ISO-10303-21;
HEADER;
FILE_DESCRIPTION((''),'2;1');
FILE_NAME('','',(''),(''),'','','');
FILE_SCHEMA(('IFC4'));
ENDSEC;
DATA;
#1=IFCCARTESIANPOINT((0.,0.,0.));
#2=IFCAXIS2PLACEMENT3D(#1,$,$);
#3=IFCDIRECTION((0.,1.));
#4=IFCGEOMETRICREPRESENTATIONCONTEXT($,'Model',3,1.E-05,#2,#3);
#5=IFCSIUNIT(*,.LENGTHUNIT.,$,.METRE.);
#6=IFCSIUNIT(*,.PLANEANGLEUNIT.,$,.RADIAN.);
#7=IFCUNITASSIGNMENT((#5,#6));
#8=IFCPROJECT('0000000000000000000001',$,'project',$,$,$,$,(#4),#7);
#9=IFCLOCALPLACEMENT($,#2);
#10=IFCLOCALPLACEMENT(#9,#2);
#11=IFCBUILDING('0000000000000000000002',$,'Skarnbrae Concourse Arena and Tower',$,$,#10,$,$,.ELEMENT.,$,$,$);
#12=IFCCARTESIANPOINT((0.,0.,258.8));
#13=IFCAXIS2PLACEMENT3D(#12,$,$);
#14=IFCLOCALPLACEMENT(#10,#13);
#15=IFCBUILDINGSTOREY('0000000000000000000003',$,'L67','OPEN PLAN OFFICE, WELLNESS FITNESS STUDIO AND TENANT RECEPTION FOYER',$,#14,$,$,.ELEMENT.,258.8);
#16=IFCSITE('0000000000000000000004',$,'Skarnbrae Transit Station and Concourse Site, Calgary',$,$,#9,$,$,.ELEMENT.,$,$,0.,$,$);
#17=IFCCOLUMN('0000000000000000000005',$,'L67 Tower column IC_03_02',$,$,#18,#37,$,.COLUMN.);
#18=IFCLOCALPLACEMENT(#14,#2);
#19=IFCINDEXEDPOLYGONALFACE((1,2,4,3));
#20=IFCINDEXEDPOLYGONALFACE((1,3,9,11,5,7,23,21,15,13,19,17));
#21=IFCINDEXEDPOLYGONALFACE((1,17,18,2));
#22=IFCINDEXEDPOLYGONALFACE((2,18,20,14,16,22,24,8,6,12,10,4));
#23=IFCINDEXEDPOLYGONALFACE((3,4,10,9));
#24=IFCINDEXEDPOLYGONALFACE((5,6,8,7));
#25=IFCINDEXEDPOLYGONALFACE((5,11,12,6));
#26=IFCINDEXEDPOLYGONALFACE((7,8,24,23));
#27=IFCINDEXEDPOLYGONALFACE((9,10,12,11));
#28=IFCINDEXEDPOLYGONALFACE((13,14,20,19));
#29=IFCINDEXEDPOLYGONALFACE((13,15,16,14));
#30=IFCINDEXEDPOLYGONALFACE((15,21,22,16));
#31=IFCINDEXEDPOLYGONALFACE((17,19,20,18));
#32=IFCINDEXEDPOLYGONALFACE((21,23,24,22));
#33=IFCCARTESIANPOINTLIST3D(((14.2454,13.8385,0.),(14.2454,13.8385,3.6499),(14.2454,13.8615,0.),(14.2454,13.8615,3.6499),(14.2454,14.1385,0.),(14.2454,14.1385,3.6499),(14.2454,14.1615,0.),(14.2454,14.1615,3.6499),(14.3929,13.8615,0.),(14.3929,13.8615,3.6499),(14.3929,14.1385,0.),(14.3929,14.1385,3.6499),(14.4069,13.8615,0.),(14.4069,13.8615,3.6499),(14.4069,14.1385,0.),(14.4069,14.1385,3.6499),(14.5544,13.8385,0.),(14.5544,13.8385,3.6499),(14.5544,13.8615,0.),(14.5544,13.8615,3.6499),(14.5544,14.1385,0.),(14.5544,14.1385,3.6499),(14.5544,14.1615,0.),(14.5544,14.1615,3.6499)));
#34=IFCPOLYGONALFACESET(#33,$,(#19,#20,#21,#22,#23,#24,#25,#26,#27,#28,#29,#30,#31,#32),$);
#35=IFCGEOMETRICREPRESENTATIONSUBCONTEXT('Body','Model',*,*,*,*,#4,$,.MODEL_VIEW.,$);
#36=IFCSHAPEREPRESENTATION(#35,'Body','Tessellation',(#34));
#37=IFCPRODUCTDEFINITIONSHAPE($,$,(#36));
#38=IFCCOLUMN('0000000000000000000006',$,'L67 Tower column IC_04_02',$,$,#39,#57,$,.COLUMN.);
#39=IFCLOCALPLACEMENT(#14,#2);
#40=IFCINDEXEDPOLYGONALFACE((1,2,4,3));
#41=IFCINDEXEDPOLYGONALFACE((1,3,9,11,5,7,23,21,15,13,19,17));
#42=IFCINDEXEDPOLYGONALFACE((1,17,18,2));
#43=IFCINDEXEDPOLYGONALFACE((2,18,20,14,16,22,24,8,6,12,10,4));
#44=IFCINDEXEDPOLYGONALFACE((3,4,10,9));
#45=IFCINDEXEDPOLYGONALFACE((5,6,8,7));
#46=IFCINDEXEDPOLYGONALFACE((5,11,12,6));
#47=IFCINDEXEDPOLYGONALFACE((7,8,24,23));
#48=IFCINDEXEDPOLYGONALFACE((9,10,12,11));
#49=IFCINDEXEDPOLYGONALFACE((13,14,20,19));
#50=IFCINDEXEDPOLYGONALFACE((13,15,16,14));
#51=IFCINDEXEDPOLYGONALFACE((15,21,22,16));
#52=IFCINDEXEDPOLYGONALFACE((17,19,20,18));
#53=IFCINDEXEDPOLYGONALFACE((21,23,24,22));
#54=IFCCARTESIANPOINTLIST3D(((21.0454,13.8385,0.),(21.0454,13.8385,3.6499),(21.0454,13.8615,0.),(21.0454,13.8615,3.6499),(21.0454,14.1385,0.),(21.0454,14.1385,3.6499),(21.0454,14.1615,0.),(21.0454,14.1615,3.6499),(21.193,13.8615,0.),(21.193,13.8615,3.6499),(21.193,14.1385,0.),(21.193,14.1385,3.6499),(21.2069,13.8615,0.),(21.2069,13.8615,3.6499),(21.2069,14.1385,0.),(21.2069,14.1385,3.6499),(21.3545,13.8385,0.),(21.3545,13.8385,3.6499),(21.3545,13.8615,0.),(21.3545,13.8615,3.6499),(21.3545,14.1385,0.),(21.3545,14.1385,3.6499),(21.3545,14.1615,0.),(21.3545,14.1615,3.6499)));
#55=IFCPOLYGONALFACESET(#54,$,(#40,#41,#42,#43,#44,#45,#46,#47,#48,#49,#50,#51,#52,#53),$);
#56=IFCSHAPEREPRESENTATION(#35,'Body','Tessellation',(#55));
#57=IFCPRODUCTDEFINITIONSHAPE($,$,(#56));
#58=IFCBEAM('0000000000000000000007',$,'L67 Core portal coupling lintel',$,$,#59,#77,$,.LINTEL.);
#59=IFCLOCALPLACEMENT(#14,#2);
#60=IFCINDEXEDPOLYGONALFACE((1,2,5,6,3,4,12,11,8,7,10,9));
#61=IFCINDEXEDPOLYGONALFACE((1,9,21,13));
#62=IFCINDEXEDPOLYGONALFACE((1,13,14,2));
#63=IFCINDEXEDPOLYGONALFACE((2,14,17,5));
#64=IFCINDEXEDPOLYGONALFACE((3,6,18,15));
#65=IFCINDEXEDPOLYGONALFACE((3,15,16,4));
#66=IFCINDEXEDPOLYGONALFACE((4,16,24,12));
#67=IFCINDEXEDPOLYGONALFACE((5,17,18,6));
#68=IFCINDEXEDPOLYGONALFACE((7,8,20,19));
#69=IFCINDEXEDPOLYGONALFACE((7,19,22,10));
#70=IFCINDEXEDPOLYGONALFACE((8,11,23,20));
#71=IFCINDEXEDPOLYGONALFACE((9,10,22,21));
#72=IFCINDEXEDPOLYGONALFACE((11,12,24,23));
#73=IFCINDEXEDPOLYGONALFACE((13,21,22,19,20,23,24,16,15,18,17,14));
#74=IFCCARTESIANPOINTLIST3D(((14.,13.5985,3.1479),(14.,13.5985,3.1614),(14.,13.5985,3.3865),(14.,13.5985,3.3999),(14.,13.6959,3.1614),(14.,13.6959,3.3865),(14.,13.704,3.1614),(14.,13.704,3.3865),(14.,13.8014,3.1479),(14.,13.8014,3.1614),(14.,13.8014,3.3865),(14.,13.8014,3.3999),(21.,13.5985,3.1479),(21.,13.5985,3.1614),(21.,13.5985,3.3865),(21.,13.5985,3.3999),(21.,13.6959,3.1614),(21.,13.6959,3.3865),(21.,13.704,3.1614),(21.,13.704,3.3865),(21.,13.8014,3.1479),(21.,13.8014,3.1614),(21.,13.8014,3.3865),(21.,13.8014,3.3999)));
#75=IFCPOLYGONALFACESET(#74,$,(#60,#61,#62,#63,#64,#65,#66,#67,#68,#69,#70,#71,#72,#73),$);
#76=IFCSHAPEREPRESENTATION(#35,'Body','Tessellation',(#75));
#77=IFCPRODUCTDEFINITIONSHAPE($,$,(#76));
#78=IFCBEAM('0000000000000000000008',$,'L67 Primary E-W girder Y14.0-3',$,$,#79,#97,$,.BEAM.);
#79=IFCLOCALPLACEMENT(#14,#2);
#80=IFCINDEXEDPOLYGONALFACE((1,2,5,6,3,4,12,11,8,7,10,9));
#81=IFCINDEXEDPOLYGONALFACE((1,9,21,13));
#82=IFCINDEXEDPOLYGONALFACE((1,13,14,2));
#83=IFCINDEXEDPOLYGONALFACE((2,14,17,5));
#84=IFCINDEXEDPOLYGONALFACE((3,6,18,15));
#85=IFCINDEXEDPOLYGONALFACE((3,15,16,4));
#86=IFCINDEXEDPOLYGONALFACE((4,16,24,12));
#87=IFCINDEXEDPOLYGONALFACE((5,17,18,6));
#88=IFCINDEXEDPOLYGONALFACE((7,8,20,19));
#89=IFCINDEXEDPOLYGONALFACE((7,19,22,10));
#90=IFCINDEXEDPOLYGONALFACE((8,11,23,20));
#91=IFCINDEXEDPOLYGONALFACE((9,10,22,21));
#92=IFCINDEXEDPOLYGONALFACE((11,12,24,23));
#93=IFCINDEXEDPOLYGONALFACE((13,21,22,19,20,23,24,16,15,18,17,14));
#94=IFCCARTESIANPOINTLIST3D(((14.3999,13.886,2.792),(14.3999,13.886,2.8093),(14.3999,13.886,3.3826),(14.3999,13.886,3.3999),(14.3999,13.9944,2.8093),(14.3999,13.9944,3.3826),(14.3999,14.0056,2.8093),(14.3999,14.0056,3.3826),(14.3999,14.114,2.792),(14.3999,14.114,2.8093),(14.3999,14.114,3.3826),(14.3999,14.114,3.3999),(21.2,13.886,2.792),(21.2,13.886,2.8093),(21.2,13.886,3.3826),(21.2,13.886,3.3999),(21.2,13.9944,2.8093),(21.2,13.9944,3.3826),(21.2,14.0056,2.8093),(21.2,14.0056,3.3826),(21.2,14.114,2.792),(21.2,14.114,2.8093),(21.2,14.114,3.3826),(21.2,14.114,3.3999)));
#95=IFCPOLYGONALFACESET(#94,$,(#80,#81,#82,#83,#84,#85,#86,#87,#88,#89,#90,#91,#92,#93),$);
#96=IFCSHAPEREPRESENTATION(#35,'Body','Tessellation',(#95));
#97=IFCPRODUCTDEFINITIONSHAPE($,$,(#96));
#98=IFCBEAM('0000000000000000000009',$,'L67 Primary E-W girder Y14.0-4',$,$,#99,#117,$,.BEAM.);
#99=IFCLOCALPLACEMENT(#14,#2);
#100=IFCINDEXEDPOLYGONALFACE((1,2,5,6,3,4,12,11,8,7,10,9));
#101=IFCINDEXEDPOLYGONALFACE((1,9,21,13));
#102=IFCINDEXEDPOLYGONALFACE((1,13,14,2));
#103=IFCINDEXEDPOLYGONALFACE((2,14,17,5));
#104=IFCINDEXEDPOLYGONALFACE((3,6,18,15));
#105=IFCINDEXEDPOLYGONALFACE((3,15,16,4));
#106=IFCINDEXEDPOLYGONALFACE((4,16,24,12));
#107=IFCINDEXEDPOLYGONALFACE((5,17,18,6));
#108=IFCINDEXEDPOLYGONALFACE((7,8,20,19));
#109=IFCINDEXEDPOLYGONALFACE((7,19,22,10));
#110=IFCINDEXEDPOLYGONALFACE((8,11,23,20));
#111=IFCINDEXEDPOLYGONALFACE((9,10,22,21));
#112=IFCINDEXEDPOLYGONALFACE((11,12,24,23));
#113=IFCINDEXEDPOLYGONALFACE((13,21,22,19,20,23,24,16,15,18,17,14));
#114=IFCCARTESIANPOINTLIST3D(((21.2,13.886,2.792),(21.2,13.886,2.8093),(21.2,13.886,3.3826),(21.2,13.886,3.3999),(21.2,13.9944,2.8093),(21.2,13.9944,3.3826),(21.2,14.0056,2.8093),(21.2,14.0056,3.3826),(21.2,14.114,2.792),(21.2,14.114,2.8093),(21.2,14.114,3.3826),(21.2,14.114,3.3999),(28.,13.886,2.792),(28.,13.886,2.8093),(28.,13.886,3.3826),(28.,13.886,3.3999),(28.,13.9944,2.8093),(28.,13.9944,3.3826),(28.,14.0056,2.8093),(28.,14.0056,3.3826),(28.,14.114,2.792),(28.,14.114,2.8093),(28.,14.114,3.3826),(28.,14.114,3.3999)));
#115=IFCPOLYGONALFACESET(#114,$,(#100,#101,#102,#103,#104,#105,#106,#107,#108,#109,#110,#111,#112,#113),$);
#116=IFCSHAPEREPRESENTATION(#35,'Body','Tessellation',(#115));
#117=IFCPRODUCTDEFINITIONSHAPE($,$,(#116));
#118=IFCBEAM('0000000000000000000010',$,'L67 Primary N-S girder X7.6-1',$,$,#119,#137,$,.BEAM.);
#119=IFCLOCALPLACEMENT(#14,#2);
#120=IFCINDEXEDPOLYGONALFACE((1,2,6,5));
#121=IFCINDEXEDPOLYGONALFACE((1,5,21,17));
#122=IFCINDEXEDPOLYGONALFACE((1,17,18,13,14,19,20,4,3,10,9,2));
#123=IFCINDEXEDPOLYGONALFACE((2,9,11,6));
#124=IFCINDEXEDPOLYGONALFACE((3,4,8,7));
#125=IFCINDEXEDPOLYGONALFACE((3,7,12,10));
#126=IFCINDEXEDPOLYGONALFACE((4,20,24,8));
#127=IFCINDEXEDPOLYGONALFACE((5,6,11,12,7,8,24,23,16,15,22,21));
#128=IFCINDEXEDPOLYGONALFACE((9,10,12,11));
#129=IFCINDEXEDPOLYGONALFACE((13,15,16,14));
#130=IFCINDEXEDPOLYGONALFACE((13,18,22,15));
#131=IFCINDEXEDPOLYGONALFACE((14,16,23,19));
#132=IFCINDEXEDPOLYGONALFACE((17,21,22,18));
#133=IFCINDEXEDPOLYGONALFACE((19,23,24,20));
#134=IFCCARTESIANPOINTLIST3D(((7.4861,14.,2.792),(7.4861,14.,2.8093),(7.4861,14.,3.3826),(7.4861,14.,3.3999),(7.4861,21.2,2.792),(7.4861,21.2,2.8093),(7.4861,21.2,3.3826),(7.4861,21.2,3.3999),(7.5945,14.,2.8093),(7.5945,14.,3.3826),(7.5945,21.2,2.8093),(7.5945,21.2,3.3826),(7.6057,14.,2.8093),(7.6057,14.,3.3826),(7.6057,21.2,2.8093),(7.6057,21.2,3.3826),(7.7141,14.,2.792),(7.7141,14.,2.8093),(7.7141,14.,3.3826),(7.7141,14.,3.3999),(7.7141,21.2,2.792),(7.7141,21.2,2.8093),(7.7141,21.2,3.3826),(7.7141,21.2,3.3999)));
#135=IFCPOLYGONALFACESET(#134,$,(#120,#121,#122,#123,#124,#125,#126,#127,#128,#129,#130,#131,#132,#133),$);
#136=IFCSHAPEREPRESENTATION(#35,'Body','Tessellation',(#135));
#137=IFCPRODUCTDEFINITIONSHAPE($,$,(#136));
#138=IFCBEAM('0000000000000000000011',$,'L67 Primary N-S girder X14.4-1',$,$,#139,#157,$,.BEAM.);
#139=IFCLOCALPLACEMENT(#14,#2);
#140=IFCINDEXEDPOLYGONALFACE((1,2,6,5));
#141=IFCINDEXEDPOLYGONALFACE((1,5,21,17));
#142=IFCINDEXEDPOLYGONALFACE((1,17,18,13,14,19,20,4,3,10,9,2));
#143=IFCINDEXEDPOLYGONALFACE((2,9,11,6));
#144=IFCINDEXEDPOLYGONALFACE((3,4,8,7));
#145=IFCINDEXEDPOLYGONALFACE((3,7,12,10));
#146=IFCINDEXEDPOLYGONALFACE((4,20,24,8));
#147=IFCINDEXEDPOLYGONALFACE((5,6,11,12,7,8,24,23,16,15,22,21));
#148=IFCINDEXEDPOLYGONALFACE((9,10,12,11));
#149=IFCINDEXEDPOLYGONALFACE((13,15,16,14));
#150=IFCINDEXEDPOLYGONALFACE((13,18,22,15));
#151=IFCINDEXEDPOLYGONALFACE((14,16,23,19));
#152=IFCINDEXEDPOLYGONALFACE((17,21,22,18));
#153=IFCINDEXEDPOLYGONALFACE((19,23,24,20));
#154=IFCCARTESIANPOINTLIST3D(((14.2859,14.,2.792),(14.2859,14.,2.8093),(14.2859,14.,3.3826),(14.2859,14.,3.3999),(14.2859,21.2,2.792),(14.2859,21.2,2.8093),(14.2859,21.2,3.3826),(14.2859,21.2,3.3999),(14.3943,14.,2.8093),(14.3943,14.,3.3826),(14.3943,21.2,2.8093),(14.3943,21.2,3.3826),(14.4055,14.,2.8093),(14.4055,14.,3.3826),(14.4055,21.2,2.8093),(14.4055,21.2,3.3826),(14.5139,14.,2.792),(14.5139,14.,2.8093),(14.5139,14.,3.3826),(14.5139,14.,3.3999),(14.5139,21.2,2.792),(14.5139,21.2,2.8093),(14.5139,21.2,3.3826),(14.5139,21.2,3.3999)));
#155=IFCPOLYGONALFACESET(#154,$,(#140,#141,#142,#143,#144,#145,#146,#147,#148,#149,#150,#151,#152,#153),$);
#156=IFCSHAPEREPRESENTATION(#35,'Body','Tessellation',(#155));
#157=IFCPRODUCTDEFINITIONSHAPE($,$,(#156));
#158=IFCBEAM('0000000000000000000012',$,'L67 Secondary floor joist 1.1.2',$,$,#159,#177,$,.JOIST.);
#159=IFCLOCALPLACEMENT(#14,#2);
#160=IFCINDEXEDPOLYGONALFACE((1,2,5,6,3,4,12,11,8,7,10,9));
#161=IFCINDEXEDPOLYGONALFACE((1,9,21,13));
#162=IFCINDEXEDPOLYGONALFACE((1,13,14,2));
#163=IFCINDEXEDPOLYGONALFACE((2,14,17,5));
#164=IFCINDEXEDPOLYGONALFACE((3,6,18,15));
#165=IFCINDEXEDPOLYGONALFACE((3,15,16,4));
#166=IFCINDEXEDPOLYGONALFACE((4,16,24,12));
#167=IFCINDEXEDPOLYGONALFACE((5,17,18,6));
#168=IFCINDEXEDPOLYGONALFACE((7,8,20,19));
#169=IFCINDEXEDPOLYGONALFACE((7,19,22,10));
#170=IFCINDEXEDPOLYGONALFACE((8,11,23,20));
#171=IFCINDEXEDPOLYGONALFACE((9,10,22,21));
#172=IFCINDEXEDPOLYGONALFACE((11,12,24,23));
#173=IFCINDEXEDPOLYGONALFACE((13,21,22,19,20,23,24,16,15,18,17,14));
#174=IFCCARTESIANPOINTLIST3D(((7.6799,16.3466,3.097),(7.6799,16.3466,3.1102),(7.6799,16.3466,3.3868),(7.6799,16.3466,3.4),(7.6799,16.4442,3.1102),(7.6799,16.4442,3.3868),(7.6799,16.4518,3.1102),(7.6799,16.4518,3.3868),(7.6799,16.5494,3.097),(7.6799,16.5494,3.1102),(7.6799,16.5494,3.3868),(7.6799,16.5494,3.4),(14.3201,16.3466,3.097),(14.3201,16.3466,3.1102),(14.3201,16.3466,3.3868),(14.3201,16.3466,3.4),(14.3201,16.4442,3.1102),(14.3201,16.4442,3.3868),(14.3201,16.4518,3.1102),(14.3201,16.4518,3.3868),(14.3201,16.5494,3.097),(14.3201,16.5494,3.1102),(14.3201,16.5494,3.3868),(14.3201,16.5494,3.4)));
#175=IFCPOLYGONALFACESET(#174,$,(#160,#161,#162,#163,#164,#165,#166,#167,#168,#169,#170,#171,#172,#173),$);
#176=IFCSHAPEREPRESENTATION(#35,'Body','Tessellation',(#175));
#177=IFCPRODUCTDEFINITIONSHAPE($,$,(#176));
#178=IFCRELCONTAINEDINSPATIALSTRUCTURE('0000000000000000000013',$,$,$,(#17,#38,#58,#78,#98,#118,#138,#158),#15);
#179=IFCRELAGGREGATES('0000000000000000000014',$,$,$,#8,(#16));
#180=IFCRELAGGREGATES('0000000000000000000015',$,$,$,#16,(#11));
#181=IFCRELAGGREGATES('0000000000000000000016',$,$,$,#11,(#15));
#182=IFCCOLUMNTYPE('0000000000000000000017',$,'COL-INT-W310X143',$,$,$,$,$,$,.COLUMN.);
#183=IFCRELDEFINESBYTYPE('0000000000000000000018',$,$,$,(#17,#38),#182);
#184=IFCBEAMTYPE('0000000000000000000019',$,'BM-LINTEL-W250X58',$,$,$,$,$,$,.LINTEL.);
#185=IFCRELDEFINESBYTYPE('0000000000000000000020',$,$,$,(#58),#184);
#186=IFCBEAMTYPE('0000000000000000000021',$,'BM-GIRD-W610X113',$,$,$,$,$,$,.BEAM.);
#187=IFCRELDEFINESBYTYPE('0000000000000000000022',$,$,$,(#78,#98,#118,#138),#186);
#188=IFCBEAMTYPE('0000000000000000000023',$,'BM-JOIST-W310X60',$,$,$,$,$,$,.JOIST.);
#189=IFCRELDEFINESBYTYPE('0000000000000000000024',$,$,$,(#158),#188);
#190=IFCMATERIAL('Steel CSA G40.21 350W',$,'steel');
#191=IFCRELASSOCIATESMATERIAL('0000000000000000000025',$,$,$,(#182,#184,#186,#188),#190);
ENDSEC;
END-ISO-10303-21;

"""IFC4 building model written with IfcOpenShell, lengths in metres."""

from ifc_helpers import new_model, si_unit, direction, frame, origin, origin_2d, place, context, subcontext, project, spatial, i_section, extrude, source, transform, mapped, material, material_profile, profile_set, type_object, element, save


model = new_model("IFC4")

# Units and contexts
model_context = context("Model", 3, precision=1e-05, world=origin(), true_north=direction((0.0, 1.0)))
body_context = subcontext(model_context, "Body", "Model", "MODEL_VIEW")
ifc_project = project(units=[si_unit("LENGTHUNIT", "METRE"), si_unit("PLANEANGLEUNIT", "RADIAN")], contexts=[model_context])

# Site, building, storey
site_placement = place(None, origin())
site = spatial("IfcSite", under=ifc_project, at=site_placement, Name="Skarnbrae Transit Station and Concourse Site, Calgary", CompositionType="ELEMENT", RefElevation=0.0)
building_placement = place(site_placement, origin())
building = spatial("IfcBuilding", under=site, at=building_placement, Name="Skarnbrae Concourse Arena and Tower", CompositionType="ELEMENT")
storey_placement = place(building_placement, frame((0.0, 0.0, 258.8)))
storey = spatial("IfcBuildingStorey", under=building, at=storey_placement, Name="L67", Description="OPEN PLAN OFFICE, WELLNESS FITNESS STUDIO AND TENANT RECEPTION FOYER", CompositionType="ELEMENT", Elevation=258.8)

# Columns
ifc_material_1 = material(Name="Steel CSA G40.21 350W", Category="steel")
ifc_material_profile_1 = material_profile(ifc_material_1, i_section(OverallWidth=0.3091, OverallDepth=0.323, WebThickness=0.0139, FlangeThickness=0.0229, at=origin_2d()), Name="W310X143")
ifc_profile_set_1 = profile_set([ifc_material_profile_1], Name="Steel CSA G40.21 350W")
column_type = type_object("IfcColumnType", Name="COL-INT-W310X143", PredefinedType="COLUMN", material=ifc_profile_set_1)
shared_shape_1 = source(origin(), body_context, "Body", "SweptSolid", [
    extrude(i_section(OverallWidth=0.3091, OverallDepth=0.323, WebThickness=0.0139, FlangeThickness=0.0229, at=origin_2d()), origin(), (0.0, 0.0, 1.0), 3.6499),
])
for number, where, z_axis, x_axis, name in (
    (1, (14.3999, 14.0, 0.0), (0.0, 0.0, 1.0), (1.0, 0.0, 0.0), "L67 Tower column IC_03_02"),
    (2, (21.2, 14.0, 0.0), (0.0, 0.0, 1.0), (1.0, 0.0, 0.0), "L67 Tower column IC_04_02"),
):
    element("IfcColumn", number, at=place(storey_placement, frame(where, z_axis=z_axis, x_axis=x_axis)), inside=storey, type_object=column_type, Name=name, PredefinedType="COLUMN", context=body_context, shape_type="MappedRepresentation", body=[
        mapped(shared_shape_1, transform((0.0, 0.0, 0.0))),
    ])

# Beams
ifc_material_profile_2 = material_profile(ifc_material_1, i_section(OverallWidth=0.2029, OverallDepth=0.252, WebThickness=0.0081, FlangeThickness=0.0134, at=origin_2d()), Name="W250X58")
ifc_profile_set_2 = profile_set([ifc_material_profile_2], Name="Steel CSA G40.21 350W")
beam_type_1 = type_object("IfcBeamType", Name="BM-LINTEL-W250X58", PredefinedType="LINTEL", material=ifc_profile_set_2)
shared_shape_2 = source(origin(), body_context, "Body", "SweptSolid", [
    extrude(i_section(OverallWidth=0.2029, OverallDepth=0.252, WebThickness=0.0081, FlangeThickness=0.0134, at=origin_2d()), origin(), (0.0, 0.0, 1.0), 7.0),
])
beam_placement = place(storey_placement, frame((14.0, 13.7, 3.2739), z_axis=(1.0, 0.0, 0.0), x_axis=(0.0, 1.0, 0.0)))
element("IfcBeam", 3, at=beam_placement, inside=storey, type_object=beam_type_1, Name="L67 Core portal coupling lintel", PredefinedType="LINTEL", context=body_context, shape_type="MappedRepresentation", body=[
    mapped(shared_shape_2, transform((0.0, 0.0, 0.0))),
])
ifc_material_profile_3 = material_profile(ifc_material_1, i_section(OverallWidth=0.228, OverallDepth=0.6079, WebThickness=0.0112, FlangeThickness=0.0173, at=origin_2d()), Name="W610X113")
ifc_profile_set_3 = profile_set([ifc_material_profile_3], Name="Steel CSA G40.21 350W")
beam_type_2 = type_object("IfcBeamType", Name="BM-GIRD-W610X113", PredefinedType="BEAM", material=ifc_profile_set_3)
shared_shape_3 = source(origin(), body_context, "Body", "SweptSolid", [
    extrude(i_section(OverallWidth=0.228, OverallDepth=0.6079, WebThickness=0.0112, FlangeThickness=0.0173, at=origin_2d()), origin(), (0.0, 0.0, 1.0), 6.8),
])
for number, where, z_axis, x_axis, name in (
    (4, (14.3999, 14.0, 3.0959), (1.0, 0.0, 0.0), (0.0, 1.0, 0.0), "L67 Primary E-W girder Y14.0-3"),
    (5, (21.2, 14.0, 3.0959), (1.0, 0.0, 0.0), (0.0, 1.0, 0.0), "L67 Primary E-W girder Y14.0-4"),
):
    element("IfcBeam", number, at=place(storey_placement, frame(where, z_axis=z_axis, x_axis=x_axis)), inside=storey, type_object=beam_type_2, Name=name, PredefinedType="BEAM", context=body_context, shape_type="MappedRepresentation", body=[
        mapped(shared_shape_3, transform((0.0, 0.0, 0.0))),
    ])
shared_shape_4 = source(origin(), body_context, "Body", "SweptSolid", [
    extrude(i_section(OverallWidth=0.228, OverallDepth=0.6079, WebThickness=0.0112, FlangeThickness=0.0173, at=origin_2d()), origin(), (0.0, 0.0, 1.0), 7.2),
])
for number, where, z_axis, x_axis, name in (
    (6, (7.6001, 14.0, 3.0959), (0.0, 1.0, 0.0), (-1.0, 0.0, 0.0), "L67 Primary N-S girder X7.6-1"),
    (7, (14.3999, 14.0, 3.0959), (0.0, 1.0, 0.0), (-1.0, 0.0, 0.0), "L67 Primary N-S girder X14.4-1"),
):
    element("IfcBeam", number, at=place(storey_placement, frame(where, z_axis=z_axis, x_axis=x_axis)), inside=storey, type_object=beam_type_2, Name=name, PredefinedType="BEAM", context=body_context, shape_type="MappedRepresentation", body=[
        mapped(shared_shape_4, transform((0.0, 0.0, 0.0))),
    ])
ifc_material_profile_4 = material_profile(ifc_material_1, i_section(OverallWidth=0.2029, OverallDepth=0.303, WebThickness=0.0076, FlangeThickness=0.0132, at=origin_2d()), Name="W310X60")
ifc_profile_set_4 = profile_set([ifc_material_profile_4], Name="Steel CSA G40.21 350W")
beam_type_3 = type_object("IfcBeamType", Name="BM-JOIST-W310X60", PredefinedType="JOIST", material=ifc_profile_set_4)
shared_shape_5 = source(origin(), body_context, "Body", "SweptSolid", [
    extrude(i_section(OverallWidth=0.2029, OverallDepth=0.303, WebThickness=0.0076, FlangeThickness=0.0132, at=origin_2d()), origin(), (0.0, 0.0, 1.0), 6.6401),
])
for number, where, z_axis, x_axis, name in (
    (8, (7.6799, 16.448, 3.2485), (1.0, 0.0, 0.0), (0.0, 1.0, 0.0), "L67 Secondary floor joist 1.1.2"),
):
    element("IfcBeam", number, at=place(storey_placement, frame(where, z_axis=z_axis, x_axis=x_axis)), inside=storey, type_object=beam_type_3, Name=name, PredefinedType="JOIST", context=body_context, shape_type="MappedRepresentation", body=[
        mapped(shared_shape_5, transform((0.0, 0.0, 0.0))),
    ])

save(model, "model.ifc")
